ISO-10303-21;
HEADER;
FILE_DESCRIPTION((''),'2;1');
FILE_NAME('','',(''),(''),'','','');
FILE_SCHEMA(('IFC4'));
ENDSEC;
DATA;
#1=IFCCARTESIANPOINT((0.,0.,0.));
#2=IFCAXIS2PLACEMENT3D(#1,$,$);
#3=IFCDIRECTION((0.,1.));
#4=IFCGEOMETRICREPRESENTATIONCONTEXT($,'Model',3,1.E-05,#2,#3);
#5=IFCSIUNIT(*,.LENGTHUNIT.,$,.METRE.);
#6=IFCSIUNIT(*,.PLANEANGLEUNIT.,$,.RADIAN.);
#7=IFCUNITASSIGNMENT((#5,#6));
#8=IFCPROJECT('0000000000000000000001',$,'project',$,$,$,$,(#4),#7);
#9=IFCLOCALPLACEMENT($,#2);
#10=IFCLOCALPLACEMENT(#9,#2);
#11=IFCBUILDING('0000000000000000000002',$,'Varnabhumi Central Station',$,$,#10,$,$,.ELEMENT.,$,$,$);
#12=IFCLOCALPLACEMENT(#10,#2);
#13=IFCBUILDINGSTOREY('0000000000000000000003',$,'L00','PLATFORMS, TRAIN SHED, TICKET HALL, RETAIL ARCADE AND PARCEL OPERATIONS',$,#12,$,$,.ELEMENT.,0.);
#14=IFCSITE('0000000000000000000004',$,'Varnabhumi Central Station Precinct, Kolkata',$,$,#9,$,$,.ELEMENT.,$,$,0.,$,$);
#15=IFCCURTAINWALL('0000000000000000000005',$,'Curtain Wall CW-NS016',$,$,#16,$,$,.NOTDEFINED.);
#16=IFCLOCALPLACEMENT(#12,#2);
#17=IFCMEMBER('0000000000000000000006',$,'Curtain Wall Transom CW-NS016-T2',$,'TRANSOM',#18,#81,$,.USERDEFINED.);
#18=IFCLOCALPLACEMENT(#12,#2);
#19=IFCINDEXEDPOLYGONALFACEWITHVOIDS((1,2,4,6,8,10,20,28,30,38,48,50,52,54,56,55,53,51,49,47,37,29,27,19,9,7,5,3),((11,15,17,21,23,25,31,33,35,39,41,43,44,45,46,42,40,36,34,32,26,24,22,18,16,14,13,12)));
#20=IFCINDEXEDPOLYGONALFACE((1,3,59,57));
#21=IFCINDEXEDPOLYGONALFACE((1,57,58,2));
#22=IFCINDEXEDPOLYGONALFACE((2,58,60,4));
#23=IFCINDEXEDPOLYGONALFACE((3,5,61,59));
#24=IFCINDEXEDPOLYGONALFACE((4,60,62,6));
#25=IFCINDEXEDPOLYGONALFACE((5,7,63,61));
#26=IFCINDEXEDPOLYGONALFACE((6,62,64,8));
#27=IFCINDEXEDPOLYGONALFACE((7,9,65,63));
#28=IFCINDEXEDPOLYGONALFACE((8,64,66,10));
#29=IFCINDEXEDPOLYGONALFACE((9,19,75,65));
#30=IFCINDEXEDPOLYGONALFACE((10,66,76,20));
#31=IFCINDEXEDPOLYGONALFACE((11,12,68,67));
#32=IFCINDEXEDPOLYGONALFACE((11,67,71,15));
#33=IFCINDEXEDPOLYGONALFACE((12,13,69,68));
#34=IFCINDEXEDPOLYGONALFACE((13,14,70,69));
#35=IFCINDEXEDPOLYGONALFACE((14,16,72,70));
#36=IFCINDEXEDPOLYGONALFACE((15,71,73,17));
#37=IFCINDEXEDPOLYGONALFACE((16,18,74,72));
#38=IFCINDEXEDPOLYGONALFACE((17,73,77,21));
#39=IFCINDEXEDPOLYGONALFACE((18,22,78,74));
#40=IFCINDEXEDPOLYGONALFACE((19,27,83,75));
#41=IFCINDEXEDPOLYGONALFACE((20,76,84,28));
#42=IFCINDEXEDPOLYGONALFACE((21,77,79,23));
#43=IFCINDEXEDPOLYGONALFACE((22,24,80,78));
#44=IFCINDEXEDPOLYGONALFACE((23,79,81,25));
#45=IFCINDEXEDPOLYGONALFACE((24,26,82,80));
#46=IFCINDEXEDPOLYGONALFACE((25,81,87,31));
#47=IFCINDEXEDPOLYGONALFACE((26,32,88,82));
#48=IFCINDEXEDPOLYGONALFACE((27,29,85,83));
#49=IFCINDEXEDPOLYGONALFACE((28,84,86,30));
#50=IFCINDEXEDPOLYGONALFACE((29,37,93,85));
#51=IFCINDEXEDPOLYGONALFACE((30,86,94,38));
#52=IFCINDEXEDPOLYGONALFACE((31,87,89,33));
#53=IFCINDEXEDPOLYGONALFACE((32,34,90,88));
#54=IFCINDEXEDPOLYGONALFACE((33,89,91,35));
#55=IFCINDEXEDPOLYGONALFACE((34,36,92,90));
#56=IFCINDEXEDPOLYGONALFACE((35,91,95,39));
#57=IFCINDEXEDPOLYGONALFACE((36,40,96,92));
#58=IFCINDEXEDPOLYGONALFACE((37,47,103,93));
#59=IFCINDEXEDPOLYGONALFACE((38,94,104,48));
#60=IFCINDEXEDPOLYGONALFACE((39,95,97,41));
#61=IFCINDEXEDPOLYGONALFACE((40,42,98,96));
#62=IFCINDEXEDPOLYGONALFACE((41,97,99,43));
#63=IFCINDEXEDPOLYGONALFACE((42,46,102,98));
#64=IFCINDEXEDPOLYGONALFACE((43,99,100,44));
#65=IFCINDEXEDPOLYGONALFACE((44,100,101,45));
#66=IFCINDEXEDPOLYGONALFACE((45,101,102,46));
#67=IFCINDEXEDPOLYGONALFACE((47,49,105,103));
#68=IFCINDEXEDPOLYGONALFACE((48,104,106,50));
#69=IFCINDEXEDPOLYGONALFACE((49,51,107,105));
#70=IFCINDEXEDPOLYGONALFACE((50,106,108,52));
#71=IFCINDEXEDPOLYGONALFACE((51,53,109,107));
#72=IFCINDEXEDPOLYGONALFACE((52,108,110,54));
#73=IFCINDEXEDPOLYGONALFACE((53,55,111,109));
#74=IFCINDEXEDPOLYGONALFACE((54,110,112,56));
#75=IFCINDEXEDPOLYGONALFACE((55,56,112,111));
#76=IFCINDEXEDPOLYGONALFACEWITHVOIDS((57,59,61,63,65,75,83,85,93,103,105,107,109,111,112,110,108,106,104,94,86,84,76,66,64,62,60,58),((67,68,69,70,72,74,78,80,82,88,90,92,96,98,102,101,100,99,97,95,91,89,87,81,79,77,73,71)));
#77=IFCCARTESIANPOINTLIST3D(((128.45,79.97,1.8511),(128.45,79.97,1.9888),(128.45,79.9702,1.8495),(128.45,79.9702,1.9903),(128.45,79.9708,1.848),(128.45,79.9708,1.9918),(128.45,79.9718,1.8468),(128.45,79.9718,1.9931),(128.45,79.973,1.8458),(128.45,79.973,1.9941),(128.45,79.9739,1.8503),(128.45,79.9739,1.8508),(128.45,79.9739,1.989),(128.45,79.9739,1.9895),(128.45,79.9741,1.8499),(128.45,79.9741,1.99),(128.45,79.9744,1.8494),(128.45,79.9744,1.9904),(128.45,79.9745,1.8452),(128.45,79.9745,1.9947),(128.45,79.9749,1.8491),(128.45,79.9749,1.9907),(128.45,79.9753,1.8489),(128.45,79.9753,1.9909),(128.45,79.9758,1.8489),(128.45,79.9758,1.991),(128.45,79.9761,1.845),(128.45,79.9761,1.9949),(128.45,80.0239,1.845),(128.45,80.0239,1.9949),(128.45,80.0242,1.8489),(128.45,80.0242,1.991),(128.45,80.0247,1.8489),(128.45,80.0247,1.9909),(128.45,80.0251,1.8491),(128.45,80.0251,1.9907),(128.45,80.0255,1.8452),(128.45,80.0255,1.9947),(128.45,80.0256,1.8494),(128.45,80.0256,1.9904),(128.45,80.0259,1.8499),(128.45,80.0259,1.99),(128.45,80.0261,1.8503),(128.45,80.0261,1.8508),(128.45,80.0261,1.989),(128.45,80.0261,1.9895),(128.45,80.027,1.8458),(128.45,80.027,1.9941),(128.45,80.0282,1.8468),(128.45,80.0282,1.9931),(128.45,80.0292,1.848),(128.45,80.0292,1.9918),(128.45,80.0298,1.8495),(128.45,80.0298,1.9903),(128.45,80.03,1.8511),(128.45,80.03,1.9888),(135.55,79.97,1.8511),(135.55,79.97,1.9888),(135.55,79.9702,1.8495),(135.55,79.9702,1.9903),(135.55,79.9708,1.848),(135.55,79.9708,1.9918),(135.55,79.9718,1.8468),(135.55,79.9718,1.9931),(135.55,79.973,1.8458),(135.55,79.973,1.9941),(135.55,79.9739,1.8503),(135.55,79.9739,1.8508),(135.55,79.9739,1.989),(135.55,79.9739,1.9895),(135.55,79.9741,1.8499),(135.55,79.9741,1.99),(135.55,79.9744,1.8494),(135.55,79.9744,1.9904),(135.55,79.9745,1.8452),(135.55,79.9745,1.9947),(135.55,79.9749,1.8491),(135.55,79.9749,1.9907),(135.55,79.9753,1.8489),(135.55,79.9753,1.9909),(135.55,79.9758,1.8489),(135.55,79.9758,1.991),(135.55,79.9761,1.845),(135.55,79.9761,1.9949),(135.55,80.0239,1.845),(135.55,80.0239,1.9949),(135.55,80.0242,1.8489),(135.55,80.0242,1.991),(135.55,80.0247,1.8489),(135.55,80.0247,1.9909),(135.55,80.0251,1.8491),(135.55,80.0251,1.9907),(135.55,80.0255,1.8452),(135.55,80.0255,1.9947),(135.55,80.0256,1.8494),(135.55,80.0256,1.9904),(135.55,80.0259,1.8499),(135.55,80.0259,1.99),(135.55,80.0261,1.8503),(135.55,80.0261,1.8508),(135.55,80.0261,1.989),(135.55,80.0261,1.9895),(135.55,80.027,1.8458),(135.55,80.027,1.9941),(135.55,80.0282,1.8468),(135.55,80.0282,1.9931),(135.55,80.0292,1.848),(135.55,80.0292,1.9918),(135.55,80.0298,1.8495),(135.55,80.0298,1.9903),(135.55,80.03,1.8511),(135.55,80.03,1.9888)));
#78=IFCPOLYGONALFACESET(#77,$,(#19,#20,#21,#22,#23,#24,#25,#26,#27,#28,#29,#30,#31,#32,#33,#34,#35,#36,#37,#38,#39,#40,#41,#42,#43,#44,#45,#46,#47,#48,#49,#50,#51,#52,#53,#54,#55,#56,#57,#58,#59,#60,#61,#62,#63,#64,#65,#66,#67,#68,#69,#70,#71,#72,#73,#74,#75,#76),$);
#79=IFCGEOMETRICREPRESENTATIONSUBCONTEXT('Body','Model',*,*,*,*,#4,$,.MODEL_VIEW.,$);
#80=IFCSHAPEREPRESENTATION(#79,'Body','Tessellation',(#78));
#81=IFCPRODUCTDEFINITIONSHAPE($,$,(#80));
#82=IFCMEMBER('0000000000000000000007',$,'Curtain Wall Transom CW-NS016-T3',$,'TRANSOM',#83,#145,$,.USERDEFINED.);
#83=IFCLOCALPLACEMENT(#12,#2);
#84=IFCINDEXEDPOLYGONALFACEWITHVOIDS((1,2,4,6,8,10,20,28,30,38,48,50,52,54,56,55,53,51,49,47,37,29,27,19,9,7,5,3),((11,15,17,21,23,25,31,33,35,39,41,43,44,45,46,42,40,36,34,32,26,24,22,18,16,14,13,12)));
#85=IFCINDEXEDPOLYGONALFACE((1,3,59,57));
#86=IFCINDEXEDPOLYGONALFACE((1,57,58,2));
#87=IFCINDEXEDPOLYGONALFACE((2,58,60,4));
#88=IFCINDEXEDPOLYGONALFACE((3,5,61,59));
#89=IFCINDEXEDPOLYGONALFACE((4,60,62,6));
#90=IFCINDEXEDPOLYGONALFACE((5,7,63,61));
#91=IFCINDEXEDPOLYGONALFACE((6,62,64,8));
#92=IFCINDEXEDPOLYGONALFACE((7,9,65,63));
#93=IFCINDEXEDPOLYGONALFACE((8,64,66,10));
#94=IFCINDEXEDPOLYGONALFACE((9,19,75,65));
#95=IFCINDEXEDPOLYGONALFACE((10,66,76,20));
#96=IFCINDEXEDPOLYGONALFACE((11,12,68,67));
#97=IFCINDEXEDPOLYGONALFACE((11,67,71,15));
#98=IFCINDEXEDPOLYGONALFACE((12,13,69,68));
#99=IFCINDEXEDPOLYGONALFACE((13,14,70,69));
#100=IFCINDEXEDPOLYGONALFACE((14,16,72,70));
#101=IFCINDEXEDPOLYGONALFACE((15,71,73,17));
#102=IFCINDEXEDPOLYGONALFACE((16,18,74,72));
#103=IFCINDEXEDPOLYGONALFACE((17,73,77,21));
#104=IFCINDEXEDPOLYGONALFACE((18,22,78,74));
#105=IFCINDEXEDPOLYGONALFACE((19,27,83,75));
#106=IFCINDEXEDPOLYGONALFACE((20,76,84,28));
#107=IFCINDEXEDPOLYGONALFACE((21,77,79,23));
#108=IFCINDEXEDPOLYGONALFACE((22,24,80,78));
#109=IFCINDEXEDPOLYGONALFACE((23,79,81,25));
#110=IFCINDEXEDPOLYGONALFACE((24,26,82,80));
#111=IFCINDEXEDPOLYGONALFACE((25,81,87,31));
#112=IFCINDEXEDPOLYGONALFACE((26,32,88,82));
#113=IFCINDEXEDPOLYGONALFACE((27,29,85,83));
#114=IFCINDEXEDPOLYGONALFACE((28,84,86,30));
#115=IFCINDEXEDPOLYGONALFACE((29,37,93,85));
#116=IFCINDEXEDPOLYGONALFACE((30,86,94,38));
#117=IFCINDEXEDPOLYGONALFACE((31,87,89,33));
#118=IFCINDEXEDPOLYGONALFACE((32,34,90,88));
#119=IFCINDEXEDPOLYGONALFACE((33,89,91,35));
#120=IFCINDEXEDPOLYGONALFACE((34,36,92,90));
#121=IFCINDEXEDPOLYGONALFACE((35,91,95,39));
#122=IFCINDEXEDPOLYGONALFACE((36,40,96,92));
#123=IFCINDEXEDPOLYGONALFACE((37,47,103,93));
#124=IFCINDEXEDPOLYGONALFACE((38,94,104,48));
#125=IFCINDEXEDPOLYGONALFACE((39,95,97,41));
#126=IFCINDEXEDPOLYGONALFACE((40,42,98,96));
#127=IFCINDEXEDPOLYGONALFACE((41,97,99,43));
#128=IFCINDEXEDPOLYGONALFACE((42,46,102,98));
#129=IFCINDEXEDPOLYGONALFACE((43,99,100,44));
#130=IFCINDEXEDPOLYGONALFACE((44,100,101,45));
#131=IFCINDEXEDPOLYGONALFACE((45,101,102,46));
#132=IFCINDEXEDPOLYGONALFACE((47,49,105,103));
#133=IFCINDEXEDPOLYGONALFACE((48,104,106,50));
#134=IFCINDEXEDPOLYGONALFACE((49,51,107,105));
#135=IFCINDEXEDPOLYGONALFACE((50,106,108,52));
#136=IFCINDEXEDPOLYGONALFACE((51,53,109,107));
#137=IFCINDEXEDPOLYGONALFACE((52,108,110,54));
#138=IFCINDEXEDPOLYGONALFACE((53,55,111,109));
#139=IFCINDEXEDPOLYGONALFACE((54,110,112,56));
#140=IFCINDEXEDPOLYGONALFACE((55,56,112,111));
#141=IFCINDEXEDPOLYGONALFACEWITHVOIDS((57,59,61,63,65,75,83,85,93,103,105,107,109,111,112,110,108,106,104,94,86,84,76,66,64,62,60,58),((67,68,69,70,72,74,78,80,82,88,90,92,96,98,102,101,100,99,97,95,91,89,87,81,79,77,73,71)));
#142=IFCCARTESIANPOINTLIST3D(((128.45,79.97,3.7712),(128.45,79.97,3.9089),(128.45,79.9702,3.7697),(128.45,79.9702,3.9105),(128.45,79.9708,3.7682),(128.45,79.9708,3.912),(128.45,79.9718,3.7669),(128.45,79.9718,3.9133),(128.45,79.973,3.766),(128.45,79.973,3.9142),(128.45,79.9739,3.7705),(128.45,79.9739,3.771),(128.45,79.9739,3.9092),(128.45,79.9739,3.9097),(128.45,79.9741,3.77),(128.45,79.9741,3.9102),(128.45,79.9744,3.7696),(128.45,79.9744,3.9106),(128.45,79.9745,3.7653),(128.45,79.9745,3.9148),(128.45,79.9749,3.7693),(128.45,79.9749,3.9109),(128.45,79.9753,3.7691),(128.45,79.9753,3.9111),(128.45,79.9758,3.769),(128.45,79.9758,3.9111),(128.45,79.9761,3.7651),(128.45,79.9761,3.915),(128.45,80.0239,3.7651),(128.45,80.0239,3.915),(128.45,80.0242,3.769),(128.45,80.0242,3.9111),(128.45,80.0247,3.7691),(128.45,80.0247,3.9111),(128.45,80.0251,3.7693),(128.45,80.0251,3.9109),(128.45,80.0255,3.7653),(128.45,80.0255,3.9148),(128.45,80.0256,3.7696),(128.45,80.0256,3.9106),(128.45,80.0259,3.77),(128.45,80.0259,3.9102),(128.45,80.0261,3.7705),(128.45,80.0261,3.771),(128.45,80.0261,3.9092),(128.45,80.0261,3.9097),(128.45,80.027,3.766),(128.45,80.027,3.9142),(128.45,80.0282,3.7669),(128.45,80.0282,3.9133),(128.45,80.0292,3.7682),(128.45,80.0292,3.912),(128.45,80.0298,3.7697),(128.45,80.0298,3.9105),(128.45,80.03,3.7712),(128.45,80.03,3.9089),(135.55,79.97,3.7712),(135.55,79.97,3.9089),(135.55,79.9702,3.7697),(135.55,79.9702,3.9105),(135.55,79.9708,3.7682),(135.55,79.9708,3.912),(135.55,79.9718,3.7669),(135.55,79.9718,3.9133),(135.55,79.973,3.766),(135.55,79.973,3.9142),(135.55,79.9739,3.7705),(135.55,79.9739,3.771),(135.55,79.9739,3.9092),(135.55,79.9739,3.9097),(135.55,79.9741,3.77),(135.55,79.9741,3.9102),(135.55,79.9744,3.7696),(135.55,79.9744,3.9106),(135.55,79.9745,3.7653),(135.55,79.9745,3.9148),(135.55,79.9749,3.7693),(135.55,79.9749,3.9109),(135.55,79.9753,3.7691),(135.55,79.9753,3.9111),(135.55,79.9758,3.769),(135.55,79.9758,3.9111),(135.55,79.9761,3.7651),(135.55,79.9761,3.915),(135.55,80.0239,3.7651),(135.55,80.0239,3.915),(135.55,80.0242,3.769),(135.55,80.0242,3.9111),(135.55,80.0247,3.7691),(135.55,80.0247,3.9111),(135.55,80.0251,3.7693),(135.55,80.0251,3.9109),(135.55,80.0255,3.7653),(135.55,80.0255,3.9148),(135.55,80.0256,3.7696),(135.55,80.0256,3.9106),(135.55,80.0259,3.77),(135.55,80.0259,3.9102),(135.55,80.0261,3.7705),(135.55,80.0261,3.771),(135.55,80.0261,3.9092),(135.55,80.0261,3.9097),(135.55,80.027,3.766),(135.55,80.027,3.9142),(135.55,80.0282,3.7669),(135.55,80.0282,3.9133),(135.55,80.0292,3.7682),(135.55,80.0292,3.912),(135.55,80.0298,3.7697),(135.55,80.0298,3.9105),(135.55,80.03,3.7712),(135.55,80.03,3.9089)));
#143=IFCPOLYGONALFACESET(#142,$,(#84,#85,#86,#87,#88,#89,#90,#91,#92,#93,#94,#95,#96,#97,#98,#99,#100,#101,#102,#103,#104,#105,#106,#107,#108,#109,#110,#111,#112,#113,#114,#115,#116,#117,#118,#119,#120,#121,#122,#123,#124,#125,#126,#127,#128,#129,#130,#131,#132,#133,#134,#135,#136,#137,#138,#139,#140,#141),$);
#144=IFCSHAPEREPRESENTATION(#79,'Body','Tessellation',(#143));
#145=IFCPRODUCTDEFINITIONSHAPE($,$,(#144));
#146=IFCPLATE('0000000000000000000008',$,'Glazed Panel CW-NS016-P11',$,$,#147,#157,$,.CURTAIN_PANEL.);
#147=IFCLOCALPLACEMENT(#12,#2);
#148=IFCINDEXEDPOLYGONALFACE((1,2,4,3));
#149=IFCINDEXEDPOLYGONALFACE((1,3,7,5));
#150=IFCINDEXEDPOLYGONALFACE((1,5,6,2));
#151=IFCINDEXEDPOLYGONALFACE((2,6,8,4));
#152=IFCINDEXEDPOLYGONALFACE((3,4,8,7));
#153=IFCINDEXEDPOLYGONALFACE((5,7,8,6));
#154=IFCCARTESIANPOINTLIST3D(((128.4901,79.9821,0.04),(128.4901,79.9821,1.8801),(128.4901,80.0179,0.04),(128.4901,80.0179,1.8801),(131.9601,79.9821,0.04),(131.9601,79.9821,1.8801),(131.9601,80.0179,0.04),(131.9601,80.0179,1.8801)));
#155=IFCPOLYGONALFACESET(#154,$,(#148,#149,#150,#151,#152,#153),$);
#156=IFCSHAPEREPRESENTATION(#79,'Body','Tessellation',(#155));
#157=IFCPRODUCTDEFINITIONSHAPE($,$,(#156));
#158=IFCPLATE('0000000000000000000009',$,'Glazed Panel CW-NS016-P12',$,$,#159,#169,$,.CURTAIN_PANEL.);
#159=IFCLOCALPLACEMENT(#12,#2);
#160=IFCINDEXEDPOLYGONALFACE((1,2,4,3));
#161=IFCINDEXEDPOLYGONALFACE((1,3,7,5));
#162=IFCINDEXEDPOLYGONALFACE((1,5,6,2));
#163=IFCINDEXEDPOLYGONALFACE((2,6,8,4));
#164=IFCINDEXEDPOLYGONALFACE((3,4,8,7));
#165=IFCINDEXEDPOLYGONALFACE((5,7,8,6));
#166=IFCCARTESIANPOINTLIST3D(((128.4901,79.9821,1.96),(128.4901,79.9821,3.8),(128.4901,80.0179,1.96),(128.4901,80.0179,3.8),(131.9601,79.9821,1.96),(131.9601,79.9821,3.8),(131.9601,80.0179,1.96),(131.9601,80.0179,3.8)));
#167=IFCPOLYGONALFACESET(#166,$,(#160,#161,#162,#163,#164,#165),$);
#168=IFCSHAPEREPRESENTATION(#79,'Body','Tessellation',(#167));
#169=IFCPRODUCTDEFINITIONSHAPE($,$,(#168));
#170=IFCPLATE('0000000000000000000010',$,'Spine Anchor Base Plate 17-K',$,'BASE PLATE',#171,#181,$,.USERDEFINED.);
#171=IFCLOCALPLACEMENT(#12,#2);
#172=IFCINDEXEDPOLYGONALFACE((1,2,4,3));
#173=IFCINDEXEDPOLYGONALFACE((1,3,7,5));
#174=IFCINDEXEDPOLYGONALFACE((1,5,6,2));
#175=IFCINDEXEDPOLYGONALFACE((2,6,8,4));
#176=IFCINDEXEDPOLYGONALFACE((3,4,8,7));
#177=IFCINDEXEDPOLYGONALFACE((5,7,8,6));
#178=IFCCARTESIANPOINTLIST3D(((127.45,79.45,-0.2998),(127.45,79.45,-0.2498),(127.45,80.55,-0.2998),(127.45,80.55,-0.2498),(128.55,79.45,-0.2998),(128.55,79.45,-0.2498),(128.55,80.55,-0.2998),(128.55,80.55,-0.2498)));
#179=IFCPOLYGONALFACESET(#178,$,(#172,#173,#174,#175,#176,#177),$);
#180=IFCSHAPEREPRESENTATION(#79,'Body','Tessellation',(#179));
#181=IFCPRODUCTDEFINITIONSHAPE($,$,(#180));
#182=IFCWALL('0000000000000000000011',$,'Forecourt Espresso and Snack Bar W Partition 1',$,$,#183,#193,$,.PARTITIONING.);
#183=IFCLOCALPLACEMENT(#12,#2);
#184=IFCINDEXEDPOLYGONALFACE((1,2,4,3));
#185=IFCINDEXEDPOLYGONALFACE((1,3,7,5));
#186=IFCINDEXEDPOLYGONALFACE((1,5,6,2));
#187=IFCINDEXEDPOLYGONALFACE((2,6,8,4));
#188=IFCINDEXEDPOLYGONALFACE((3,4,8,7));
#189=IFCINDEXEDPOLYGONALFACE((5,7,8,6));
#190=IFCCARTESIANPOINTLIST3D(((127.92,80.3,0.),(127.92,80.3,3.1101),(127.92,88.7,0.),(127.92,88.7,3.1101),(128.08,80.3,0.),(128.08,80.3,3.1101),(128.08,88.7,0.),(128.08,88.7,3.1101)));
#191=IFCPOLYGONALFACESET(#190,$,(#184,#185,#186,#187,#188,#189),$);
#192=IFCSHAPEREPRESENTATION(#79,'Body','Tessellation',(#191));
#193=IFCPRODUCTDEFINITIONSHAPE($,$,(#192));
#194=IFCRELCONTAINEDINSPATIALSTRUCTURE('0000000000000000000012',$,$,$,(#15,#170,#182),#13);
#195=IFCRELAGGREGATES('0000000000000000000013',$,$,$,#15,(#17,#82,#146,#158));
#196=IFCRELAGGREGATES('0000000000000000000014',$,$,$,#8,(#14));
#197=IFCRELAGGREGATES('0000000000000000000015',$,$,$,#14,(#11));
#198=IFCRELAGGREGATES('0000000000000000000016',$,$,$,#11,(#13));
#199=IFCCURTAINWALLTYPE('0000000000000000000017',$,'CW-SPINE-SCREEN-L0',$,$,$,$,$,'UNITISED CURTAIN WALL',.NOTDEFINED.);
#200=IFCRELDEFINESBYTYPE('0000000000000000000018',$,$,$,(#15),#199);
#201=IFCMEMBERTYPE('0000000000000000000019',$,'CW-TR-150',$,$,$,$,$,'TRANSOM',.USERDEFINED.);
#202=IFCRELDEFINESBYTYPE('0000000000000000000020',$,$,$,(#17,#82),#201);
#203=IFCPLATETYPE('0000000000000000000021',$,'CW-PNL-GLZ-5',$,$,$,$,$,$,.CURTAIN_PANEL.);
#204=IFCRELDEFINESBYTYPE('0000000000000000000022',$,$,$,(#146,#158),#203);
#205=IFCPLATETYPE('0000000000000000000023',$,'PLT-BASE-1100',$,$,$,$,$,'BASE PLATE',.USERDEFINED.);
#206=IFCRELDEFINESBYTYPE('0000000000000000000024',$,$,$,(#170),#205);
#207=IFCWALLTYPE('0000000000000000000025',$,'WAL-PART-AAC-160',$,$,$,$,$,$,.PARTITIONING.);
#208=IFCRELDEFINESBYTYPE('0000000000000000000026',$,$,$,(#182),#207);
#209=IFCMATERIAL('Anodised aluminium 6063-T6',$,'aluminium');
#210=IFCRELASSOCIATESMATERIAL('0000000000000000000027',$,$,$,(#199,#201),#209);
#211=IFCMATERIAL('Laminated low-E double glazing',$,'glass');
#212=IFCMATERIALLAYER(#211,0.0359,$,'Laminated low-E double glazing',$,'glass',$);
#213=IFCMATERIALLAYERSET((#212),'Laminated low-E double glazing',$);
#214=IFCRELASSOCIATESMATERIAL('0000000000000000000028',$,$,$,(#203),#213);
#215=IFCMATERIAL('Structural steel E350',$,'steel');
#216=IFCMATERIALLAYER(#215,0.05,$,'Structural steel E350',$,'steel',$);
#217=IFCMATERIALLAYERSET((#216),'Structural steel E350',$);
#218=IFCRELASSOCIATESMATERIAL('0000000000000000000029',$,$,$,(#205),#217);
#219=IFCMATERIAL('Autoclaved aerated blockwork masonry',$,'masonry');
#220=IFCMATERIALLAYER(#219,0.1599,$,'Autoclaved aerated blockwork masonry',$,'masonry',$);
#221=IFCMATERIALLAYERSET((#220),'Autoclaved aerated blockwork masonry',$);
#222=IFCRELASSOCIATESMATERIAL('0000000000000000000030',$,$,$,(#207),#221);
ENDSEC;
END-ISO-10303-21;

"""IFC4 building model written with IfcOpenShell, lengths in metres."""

from ifc_helpers import new_model, si_unit, direction, frame, frame_2d, origin, origin_2d, place, context, subcontext, project, spatial, rectangle, hollow_rectangle, extrude, material, layer, layer_set, material_profile, profile_set, type_object, element, aggregate, save


model = new_model("IFC4")

# Units and contexts
model_context = context("Model", 3, precision=1e-05, world=origin(), true_north=direction((0.0, 1.0)))
body_context = subcontext(model_context, "Body", "Model", "MODEL_VIEW")
ifc_project = project(units=[si_unit("LENGTHUNIT", "METRE"), si_unit("PLANEANGLEUNIT", "RADIAN")], contexts=[model_context])

# Site, building, storey
site_placement = place(None, origin())
site = spatial("IfcSite", under=ifc_project, at=site_placement, Name="Varnabhumi Central Station Precinct, Kolkata", CompositionType="ELEMENT", RefElevation=0.0)
building_placement = place(site_placement, origin())
building = spatial("IfcBuilding", under=site, at=building_placement, Name="Varnabhumi Central Station", CompositionType="ELEMENT")
storey_placement = place(building_placement, origin())
storey = spatial("IfcBuildingStorey", under=building, at=storey_placement, Name="L00", Description="PLATFORMS, TRAIN SHED, TICKET HALL, RETAIL ARCADE AND PARCEL OPERATIONS", CompositionType="ELEMENT", Elevation=0.0)

# Shared definitions
ifc_material_1 = material(Name="Structural steel E350", Category="steel")

# Curtain wall, members, plates
ifc_material_2 = material(Name="Anodised aluminium 6063-T6", Category="aluminium")
curtain_wall_type = type_object("IfcCurtainWallType", Name="CW-SPINE-SCREEN-L0", ElementType="UNITISED CURTAIN WALL", PredefinedType="NOTDEFINED", material=ifc_material_2)
curtain_wall_placement = place(storey_placement, origin())
curtain_wall = element("IfcCurtainWall", 1, at=curtain_wall_placement, inside=storey, type_object=curtain_wall_type, Name="Curtain Wall CW-NS016", PredefinedType="NOTDEFINED")
ifc_material_profile_1 = material_profile(ifc_material_2, hollow_rectangle(XDim=0.0601, YDim=0.1499, WallThickness=0.0039, InnerFilletRadius=0.002, OuterFilletRadius=0.0061, at=origin_2d()), Name="Anodised aluminium 6063-T6", Category="aluminium")
ifc_profile_set_1 = profile_set([ifc_material_profile_1], Name="Anodised aluminium 6063-T6")
member_type_1 = type_object("IfcMemberType", Name="CW-TR-150", ElementType="TRANSOM", PredefinedType="USERDEFINED", material=ifc_profile_set_1)
member_1_placement = place(storey_placement, frame((128.45, 80.0, 1.9199), z_axis=(1.0, 0.0, 0.0), x_axis=(0.0, 1.0, 0.0)))
member_1 = element("IfcMember", 2, at=member_1_placement, type_object=member_type_1, Name="Curtain Wall Transom CW-NS016-T2", ObjectType="TRANSOM", PredefinedType="USERDEFINED", context=body_context, shape_type="SweptSolid", body=[
    extrude(hollow_rectangle(XDim=0.0601, YDim=0.1499, WallThickness=0.0039, InnerFilletRadius=0.002, OuterFilletRadius=0.0061, at=origin_2d()), origin(), (0.0, 0.0, 1.0), 7.1001),
])
member_2_placement = place(storey_placement, frame((128.45, 80.0, 3.8401), z_axis=(1.0, 0.0, 0.0), x_axis=(0.0, 1.0, 0.0)))
member_2 = element("IfcMember", 3, at=member_2_placement, type_object=member_type_1, Name="Curtain Wall Transom CW-NS016-T3", ObjectType="TRANSOM", PredefinedType="USERDEFINED", context=body_context, shape_type="SweptSolid", body=[
    extrude(hollow_rectangle(XDim=0.0601, YDim=0.1499, WallThickness=0.0039, InnerFilletRadius=0.002, OuterFilletRadius=0.0061, at=origin_2d()), origin(), (0.0, 0.0, 1.0), 7.1001),
])
ifc_material_3 = material(Name="Laminated low-E double glazing", Category="glass")
ifc_layer_1 = layer(ifc_material_3, 0.0359, Name="Laminated low-E double glazing", Category="glass")
ifc_layer_set_1 = layer_set([ifc_layer_1], Name="Laminated low-E double glazing")
plate_type_1 = type_object("IfcPlateType", Name="CW-PNL-GLZ-5", PredefinedType="CURTAIN_PANEL", material=ifc_layer_set_1)
plate_1_placement = place(storey_placement, frame((130.2251, 80.0, 0.04), z_axis=(0.0, 0.0, 1.0), x_axis=(1.0, 0.0, 0.0)))
plate_1 = element("IfcPlate", 4, at=plate_1_placement, type_object=plate_type_1, Name="Glazed Panel CW-NS016-P11", PredefinedType="CURTAIN_PANEL", context=body_context, shape_type="SweptSolid", body=[
    extrude(rectangle(XDim=3.47, YDim=0.0359, at=origin_2d()), origin(), (0.0, 0.0, 1.0), 1.8401),
])
plate_2_placement = place(storey_placement, frame((130.2251, 80.0, 1.96), z_axis=(0.0, 0.0, 1.0), x_axis=(1.0, 0.0, 0.0)))
plate_2 = element("IfcPlate", 5, at=plate_2_placement, type_object=plate_type_1, Name="Glazed Panel CW-NS016-P12", PredefinedType="CURTAIN_PANEL", context=body_context, shape_type="SweptSolid", body=[
    extrude(rectangle(XDim=3.47, YDim=0.0359, at=origin_2d()), origin(), (0.0, 0.0, 1.0), 1.8401),
])
aggregate(curtain_wall, [member_1, member_2, plate_1, plate_2])

# Plate
ifc_layer_2 = layer(ifc_material_1, 0.05, Name="Structural steel E350", Category="steel")
ifc_layer_set_2 = layer_set([ifc_layer_2], Name="Structural steel E350")
plate_type_2 = type_object("IfcPlateType", Name="PLT-BASE-1100", ElementType="BASE PLATE", PredefinedType="USERDEFINED", material=ifc_layer_set_2)
plate_3_placement = place(storey_placement, frame((128.0, 80.0, -0.2998), z_axis=(0.0, 0.0, 1.0), x_axis=(1.0, 0.0, 0.0)))
element("IfcPlate", 6, at=plate_3_placement, inside=storey, type_object=plate_type_2, Name="Spine Anchor Base Plate 17-K", ObjectType="BASE PLATE", PredefinedType="USERDEFINED", context=body_context, shape_type="SweptSolid", body=[
    extrude(rectangle(XDim=1.1001, YDim=1.1001, at=origin_2d()), origin(), (0.0, 0.0, 1.0), 0.05),
])

# Wall
ifc_material_4 = material(Name="Autoclaved aerated blockwork masonry", Category="masonry")
ifc_layer_3 = layer(ifc_material_4, 0.1599, Name="Autoclaved aerated blockwork masonry", Category="masonry")
ifc_layer_set_3 = layer_set([ifc_layer_3], Name="Autoclaved aerated blockwork masonry")
wall_type = type_object("IfcWallType", Name="WAL-PART-AAC-160", PredefinedType="PARTITIONING", material=ifc_layer_set_3)
wall_placement = place(storey_placement, frame((128.0, 80.3, 0.0), z_axis=(0.0, 0.0, 1.0), x_axis=(0.0, 1.0, 0.0)))
element("IfcWall", 7, at=wall_placement, inside=storey, type_object=wall_type, Name="Forecourt Espresso and Snack Bar W Partition 1", PredefinedType="PARTITIONING", context=body_context, shape_type="SweptSolid", body=[
    extrude(rectangle(XDim=8.3999, YDim=0.1599, at=frame_2d((4.2, 0.0))), origin(), (0.0, 0.0, 1.0), 3.1101),
])

save(model, "model.ifc")
